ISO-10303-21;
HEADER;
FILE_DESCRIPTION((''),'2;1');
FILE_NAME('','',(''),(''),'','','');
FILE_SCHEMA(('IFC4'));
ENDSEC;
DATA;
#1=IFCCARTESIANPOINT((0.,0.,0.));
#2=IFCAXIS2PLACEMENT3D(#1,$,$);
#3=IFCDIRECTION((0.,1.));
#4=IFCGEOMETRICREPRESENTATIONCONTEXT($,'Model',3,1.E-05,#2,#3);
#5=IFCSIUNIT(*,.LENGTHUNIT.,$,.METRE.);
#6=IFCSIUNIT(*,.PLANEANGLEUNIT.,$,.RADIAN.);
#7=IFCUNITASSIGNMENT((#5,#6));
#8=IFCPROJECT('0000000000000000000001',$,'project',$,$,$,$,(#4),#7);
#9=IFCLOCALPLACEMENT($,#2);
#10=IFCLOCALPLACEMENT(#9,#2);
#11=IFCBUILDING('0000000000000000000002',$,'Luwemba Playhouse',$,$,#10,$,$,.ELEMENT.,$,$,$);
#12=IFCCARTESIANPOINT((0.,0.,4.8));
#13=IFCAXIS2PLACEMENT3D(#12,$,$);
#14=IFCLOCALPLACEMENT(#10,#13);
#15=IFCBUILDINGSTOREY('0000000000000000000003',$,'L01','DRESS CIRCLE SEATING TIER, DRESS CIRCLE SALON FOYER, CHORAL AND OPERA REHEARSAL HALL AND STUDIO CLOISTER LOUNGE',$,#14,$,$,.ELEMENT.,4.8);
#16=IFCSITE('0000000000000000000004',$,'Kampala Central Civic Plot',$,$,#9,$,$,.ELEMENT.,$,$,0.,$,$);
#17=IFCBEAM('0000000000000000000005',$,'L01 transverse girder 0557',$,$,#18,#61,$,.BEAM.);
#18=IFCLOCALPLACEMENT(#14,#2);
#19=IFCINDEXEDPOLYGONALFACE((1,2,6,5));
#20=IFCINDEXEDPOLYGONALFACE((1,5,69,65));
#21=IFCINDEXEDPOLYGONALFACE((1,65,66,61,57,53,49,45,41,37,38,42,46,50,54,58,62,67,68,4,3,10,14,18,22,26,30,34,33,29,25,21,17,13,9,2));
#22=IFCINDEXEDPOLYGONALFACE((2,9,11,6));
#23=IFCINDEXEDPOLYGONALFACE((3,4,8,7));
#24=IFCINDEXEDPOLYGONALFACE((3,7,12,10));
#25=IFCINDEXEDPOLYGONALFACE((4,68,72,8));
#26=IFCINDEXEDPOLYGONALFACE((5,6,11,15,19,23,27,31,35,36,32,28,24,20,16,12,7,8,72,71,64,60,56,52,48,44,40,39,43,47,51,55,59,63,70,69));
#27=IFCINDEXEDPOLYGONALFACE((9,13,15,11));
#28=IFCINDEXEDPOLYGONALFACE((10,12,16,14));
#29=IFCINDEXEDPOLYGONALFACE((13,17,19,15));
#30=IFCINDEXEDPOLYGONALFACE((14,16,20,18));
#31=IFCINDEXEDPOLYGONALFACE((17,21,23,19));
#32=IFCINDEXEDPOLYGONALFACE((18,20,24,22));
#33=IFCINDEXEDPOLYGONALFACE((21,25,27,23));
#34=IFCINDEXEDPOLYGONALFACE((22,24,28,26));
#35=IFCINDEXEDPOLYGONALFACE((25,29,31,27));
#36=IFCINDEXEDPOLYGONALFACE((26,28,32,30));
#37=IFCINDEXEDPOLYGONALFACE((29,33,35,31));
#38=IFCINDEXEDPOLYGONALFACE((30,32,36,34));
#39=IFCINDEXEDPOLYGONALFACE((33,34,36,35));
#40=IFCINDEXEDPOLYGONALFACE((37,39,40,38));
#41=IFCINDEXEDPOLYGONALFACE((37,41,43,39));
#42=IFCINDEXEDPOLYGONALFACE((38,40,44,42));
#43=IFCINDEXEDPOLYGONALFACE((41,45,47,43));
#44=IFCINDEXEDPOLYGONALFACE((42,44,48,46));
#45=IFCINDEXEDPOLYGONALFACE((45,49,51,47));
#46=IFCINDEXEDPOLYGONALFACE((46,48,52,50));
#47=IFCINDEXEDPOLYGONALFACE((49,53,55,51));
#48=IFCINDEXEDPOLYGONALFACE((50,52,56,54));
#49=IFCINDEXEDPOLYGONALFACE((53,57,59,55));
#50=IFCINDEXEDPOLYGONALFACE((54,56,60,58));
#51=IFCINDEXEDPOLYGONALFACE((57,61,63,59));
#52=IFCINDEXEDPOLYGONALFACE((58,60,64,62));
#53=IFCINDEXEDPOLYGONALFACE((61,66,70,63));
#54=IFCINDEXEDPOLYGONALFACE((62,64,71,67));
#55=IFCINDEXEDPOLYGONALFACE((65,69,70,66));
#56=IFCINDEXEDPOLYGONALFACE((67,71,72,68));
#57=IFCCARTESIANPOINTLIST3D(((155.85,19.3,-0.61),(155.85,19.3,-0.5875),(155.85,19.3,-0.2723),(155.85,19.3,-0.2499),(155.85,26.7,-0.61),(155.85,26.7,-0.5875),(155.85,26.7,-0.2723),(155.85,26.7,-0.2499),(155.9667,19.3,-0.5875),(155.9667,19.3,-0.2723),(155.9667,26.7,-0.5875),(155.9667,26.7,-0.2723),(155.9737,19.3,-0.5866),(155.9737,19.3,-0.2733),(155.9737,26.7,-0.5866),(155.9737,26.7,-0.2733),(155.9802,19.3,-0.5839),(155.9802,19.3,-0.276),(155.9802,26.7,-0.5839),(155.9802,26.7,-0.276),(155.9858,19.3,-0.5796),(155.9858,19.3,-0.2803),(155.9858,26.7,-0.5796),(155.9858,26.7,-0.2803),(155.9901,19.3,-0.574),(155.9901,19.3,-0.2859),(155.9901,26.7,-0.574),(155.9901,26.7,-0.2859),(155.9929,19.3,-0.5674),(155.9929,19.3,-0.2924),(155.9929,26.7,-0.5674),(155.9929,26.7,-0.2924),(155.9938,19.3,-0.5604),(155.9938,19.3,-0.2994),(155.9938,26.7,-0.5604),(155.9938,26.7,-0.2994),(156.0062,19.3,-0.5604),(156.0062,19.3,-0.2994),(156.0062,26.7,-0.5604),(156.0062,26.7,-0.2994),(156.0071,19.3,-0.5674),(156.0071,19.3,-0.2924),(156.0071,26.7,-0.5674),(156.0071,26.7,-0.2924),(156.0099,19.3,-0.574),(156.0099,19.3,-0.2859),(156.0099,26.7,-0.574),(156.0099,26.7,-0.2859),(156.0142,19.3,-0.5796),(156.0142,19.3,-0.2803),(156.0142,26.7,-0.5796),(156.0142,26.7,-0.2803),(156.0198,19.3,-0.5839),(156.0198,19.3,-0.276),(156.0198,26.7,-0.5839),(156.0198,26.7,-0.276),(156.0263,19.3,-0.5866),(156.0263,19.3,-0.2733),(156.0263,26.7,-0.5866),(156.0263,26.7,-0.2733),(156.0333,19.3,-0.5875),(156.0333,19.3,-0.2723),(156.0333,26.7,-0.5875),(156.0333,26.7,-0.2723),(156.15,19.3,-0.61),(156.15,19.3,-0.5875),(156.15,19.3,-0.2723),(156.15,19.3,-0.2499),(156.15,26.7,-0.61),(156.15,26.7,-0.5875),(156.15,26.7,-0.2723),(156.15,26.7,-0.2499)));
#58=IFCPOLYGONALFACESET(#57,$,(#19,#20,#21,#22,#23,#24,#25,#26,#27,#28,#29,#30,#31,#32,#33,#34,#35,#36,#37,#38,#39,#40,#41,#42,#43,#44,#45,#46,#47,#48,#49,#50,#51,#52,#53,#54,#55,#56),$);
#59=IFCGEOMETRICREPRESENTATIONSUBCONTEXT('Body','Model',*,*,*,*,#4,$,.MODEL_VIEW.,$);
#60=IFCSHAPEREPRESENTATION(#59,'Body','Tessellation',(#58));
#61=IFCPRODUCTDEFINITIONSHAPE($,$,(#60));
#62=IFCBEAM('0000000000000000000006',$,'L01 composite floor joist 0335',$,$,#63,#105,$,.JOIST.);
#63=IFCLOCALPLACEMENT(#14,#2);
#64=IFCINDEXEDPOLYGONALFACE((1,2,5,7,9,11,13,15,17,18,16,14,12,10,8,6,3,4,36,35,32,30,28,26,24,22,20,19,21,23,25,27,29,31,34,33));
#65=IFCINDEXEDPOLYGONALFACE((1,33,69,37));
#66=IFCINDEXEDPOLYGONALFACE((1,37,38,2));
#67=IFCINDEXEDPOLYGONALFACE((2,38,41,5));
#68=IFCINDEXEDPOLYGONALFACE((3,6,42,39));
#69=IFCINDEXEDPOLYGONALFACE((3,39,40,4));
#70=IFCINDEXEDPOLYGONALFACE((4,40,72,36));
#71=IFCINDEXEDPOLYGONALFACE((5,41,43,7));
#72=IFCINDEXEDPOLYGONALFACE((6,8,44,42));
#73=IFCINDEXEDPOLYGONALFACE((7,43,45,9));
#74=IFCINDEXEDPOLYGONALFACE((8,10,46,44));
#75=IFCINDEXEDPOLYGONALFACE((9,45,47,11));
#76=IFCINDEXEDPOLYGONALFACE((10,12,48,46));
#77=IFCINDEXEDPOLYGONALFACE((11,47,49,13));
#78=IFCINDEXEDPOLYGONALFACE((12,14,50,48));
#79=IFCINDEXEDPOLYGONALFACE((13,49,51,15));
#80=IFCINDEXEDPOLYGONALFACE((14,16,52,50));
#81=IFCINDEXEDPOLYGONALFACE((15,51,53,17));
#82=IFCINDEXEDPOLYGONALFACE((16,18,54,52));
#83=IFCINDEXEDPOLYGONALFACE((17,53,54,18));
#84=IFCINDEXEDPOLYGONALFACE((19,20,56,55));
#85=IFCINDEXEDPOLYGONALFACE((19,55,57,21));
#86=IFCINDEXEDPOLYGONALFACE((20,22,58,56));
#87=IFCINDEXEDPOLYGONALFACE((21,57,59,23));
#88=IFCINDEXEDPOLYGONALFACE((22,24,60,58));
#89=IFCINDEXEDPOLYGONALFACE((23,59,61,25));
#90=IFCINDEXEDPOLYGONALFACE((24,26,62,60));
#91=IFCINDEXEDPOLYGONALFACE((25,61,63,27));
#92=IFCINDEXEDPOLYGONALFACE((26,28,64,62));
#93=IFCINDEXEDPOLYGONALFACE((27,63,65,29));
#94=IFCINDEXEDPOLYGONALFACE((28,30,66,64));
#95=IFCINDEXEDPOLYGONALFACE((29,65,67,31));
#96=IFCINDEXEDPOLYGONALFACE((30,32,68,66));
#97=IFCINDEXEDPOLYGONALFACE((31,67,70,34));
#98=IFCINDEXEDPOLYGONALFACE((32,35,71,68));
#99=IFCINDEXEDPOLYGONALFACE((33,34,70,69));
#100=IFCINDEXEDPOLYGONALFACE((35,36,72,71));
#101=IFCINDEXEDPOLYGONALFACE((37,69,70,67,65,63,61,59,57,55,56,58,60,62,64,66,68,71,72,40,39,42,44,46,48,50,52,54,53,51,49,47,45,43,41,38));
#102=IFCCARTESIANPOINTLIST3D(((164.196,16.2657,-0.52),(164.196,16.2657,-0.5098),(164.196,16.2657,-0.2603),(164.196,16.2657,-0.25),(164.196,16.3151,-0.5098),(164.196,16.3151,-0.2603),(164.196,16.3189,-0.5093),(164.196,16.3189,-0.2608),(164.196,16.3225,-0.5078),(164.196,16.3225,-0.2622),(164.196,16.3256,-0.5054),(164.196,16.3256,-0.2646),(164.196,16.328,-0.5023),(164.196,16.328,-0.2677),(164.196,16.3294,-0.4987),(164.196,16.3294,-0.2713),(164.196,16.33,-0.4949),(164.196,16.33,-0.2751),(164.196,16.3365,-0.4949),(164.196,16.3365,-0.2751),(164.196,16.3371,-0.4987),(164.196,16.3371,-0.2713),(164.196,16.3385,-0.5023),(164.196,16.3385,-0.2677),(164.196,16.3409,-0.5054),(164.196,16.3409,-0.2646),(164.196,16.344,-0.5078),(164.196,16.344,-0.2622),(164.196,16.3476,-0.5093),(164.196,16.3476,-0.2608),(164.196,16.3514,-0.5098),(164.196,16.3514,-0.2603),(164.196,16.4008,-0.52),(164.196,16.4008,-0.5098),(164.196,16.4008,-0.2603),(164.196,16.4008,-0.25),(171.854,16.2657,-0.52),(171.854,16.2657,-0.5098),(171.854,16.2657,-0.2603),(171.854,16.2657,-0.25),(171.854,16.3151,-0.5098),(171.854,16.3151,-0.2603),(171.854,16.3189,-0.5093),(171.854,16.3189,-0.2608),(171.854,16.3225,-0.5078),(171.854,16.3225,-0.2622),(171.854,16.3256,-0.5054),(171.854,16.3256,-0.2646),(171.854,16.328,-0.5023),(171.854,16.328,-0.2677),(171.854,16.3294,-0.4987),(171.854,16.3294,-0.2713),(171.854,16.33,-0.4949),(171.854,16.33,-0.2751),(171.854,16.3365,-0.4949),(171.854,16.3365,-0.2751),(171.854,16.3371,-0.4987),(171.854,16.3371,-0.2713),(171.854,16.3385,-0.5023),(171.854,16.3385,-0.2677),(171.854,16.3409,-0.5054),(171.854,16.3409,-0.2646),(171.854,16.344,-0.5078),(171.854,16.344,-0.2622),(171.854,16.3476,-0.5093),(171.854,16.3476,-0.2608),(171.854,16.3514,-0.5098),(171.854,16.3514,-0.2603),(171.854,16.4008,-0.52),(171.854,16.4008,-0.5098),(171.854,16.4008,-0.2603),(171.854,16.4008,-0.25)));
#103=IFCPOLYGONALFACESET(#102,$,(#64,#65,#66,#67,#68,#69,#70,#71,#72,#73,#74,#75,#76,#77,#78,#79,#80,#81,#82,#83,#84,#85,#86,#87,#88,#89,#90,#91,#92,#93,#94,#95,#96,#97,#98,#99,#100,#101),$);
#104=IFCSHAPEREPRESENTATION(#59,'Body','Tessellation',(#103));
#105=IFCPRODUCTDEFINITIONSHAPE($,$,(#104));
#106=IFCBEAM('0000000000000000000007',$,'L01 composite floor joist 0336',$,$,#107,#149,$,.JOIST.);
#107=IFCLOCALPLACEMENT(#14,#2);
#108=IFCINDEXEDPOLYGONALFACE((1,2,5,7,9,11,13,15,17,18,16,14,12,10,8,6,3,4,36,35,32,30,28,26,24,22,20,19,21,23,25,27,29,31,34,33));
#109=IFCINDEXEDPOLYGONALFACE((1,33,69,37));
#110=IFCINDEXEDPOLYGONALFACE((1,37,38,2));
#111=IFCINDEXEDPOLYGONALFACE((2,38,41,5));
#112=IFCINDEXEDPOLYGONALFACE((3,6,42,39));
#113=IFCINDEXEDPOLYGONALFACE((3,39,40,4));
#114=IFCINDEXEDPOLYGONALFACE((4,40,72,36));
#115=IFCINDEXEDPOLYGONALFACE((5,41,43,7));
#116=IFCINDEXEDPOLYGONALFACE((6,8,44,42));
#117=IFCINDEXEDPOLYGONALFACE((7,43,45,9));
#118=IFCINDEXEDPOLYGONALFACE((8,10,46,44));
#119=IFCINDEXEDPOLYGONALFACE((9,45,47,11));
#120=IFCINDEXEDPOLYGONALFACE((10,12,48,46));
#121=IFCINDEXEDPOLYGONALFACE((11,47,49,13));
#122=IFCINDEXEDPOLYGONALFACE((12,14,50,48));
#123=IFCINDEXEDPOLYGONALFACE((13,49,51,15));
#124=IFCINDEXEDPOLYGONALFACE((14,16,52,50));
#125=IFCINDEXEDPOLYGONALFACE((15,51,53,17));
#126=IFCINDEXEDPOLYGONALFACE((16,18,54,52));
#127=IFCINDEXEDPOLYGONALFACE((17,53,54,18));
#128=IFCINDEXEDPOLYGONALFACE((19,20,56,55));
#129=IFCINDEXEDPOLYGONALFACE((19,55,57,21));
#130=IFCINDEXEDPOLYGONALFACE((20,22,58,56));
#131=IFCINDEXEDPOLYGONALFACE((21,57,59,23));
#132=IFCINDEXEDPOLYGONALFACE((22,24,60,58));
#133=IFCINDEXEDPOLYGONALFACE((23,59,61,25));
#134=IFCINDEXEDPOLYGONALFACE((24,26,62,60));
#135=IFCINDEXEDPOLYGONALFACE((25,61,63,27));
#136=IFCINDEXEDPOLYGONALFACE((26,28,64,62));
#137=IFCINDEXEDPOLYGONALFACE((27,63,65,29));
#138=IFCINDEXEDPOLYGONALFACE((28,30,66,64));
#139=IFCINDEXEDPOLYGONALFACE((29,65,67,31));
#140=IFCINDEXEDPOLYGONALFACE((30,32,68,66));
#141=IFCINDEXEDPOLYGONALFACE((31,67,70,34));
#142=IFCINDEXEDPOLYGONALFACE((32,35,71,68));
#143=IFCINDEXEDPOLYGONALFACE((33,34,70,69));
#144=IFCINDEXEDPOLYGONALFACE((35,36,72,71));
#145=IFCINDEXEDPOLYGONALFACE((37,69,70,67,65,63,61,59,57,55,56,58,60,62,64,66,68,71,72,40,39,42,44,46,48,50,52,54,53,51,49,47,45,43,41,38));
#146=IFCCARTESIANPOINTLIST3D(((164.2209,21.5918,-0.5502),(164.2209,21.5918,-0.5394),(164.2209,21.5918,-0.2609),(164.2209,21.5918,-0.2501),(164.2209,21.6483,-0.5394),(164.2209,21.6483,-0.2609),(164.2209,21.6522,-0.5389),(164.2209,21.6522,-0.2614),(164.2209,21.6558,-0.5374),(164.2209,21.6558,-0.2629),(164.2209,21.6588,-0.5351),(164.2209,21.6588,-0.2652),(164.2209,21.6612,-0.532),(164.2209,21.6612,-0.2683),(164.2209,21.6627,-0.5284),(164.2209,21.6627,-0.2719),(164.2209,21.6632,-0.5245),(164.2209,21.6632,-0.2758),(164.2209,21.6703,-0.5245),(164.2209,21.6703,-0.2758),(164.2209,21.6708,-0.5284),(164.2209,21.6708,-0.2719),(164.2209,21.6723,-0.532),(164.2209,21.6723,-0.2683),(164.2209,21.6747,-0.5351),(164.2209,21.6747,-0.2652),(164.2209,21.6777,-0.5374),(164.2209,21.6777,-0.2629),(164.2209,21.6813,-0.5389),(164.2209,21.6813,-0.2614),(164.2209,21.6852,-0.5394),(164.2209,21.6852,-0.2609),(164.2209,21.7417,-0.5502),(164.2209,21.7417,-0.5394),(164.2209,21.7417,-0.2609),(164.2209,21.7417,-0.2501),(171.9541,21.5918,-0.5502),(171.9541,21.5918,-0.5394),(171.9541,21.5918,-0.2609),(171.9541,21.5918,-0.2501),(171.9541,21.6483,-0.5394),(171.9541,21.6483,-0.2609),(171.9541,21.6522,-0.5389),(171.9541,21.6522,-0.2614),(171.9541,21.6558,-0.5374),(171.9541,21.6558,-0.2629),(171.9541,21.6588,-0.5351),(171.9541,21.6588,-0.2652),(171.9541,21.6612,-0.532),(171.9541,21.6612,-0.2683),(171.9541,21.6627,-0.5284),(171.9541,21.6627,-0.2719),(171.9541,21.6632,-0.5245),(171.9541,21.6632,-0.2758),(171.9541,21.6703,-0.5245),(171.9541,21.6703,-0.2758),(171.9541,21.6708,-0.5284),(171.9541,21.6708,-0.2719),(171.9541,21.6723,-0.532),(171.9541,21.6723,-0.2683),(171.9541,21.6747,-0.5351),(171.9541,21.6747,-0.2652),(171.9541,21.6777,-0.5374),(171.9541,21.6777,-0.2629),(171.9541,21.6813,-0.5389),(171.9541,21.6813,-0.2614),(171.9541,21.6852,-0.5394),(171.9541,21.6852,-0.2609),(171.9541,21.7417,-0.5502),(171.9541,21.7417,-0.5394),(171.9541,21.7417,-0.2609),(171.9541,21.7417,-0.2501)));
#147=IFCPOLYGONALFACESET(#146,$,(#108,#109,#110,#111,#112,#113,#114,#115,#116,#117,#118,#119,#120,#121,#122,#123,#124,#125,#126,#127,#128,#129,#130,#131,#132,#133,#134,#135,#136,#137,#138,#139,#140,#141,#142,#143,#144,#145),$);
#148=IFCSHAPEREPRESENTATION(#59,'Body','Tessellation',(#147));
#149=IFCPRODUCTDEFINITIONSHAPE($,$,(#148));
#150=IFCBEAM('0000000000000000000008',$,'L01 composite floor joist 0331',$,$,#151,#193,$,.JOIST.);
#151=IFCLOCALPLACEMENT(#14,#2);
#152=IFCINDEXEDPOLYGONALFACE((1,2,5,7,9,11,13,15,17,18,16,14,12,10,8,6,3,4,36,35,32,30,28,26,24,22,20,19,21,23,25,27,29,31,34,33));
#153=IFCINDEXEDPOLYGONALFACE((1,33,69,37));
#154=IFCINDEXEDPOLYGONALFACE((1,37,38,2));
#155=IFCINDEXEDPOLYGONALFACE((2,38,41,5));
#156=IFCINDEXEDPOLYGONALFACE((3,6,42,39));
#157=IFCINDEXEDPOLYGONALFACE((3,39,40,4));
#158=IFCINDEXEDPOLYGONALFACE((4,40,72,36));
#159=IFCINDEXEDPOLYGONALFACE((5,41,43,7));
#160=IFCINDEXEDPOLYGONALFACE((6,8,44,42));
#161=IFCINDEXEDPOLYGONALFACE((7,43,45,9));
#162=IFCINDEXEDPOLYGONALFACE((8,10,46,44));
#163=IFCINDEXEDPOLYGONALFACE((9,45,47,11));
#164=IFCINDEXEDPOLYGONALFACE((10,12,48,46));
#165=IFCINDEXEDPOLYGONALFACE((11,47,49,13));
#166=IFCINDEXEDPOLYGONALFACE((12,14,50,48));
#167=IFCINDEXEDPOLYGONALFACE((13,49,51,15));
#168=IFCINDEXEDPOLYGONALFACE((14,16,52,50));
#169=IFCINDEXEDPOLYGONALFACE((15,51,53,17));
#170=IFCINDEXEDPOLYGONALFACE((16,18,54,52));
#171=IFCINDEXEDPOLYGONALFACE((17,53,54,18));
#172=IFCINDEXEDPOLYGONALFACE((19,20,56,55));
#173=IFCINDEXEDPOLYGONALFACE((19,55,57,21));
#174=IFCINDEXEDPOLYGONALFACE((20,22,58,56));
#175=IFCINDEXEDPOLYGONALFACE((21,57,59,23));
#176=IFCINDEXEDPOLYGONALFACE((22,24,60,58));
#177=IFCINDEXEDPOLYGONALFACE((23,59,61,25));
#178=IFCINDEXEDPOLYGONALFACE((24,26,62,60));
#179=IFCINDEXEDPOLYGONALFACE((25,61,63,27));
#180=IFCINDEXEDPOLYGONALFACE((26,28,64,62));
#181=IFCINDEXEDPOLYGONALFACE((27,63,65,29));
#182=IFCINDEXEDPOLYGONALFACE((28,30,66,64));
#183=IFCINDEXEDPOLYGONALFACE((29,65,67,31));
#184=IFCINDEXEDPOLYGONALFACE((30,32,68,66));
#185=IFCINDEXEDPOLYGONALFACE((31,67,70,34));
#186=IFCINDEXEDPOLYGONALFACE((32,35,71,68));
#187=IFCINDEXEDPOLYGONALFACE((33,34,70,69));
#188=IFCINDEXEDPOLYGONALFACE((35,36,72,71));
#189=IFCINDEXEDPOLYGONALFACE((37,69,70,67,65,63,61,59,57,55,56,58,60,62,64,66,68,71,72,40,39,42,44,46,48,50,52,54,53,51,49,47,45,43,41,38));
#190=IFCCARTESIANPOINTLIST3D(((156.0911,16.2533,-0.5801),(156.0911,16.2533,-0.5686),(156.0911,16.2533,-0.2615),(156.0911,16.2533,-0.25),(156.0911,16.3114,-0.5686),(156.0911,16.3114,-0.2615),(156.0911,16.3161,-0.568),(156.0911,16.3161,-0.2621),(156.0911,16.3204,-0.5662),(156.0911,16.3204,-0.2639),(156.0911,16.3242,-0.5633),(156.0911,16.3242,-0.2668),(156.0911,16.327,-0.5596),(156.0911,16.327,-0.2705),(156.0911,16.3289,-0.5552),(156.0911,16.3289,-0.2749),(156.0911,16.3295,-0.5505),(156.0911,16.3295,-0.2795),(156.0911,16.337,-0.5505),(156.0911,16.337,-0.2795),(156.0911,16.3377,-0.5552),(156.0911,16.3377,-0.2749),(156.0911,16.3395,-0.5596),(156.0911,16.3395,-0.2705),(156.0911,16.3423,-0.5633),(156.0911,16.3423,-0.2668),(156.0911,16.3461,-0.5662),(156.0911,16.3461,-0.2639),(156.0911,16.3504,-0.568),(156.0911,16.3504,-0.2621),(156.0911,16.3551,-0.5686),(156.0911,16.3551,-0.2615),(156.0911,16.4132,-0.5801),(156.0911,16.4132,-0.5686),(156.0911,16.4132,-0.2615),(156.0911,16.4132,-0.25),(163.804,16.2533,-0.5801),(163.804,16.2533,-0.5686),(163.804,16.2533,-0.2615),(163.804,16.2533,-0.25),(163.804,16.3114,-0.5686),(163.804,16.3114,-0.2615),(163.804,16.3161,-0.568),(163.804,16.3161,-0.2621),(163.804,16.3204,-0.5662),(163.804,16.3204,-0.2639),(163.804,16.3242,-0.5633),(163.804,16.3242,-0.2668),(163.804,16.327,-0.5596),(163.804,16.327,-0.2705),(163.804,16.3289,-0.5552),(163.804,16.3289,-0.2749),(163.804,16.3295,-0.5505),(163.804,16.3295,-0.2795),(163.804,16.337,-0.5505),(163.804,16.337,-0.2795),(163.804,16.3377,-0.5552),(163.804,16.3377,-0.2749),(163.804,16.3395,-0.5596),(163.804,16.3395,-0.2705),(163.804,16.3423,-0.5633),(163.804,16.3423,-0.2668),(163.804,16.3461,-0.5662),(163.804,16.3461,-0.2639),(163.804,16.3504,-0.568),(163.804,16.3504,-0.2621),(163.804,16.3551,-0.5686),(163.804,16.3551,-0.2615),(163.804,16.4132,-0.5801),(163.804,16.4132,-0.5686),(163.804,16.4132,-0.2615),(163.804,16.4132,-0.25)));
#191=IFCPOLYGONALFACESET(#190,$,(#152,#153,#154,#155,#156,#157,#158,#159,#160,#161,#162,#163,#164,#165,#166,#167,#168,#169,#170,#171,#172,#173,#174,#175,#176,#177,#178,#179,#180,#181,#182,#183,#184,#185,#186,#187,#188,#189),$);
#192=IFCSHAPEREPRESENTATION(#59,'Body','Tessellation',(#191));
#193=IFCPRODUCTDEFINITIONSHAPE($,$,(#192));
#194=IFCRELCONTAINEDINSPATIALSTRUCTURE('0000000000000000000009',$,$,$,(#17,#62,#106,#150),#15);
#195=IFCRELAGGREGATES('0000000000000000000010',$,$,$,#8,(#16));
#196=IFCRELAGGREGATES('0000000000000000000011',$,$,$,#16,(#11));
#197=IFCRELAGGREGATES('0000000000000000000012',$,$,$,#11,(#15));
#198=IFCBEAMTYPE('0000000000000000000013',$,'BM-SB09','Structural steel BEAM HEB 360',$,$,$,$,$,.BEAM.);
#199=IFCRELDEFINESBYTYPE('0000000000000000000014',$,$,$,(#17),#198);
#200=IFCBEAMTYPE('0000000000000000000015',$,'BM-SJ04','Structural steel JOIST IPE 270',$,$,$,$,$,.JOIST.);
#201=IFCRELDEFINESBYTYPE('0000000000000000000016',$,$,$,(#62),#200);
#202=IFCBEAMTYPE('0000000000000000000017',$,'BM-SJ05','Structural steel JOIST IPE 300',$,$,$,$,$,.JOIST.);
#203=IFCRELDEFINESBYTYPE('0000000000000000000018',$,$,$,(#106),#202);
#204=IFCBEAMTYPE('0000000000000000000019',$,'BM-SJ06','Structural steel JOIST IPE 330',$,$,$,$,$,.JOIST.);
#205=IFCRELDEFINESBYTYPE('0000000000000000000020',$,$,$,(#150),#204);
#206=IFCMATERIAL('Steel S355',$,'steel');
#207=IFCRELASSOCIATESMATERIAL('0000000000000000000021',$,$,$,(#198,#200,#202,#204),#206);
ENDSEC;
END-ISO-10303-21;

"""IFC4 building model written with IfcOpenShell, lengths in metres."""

from ifc_helpers import new_model, si_unit, direction, frame, origin, origin_2d, place, context, subcontext, project, spatial, i_section, extrude, material, material_profile, profile_set, type_object, element, save


model = new_model("IFC4")

# Units and contexts
model_context = context("Model", 3, precision=1e-05, world=origin(), true_north=direction((0.0, 1.0)))
body_context = subcontext(model_context, "Body", "Model", "MODEL_VIEW")
ifc_project = project(units=[si_unit("LENGTHUNIT", "METRE"), si_unit("PLANEANGLEUNIT", "RADIAN")], contexts=[model_context])

# Site, building, storey
site_placement = place(None, origin())
site = spatial("IfcSite", under=ifc_project, at=site_placement, Name="Kampala Central Civic Plot", CompositionType="ELEMENT", RefElevation=0.0)
building_placement = place(site_placement, origin())
building = spatial("IfcBuilding", under=site, at=building_placement, Name="Luwemba Playhouse", CompositionType="ELEMENT")
storey_placement = place(building_placement, frame((0.0, 0.0, 4.8)))
storey = spatial("IfcBuildingStorey", under=building, at=storey_placement, Name="L01", Description="DRESS CIRCLE SEATING TIER, DRESS CIRCLE SALON FOYER, CHORAL AND OPERA REHEARSAL HALL AND STUDIO CLOISTER LOUNGE", CompositionType="ELEMENT", Elevation=4.8)

# Beams
ifc_material_1 = material(Name="Steel S355", Category="steel")
ifc_material_profile_1 = material_profile(ifc_material_1, i_section(OverallWidth=0.3, OverallDepth=0.3601, WebThickness=0.0125, FlangeThickness=0.0225, FilletRadius=0.0271, at=origin_2d()))
ifc_profile_set_1 = profile_set([ifc_material_profile_1], Name="Steel S355")
beam_type_1 = type_object("IfcBeamType", Name="BM-SB09", Description="Structural steel BEAM HEB 360", PredefinedType="BEAM", material=ifc_profile_set_1)
beam_1_placement = place(storey_placement, frame((156.0, 19.3, -0.4299), z_axis=(0.0, 1.0, 0.0), x_axis=(-1.0, 0.0, 0.0)))
element("IfcBeam", 1, at=beam_1_placement, inside=storey, type_object=beam_type_1, Name="L01 transverse girder 0557", PredefinedType="BEAM", context=body_context, shape_type="SweptSolid", body=[
    extrude(i_section(OverallWidth=0.3, OverallDepth=0.3601, WebThickness=0.0125, FlangeThickness=0.0225, FilletRadius=0.0271, at=origin_2d()), origin(), (0.0, 0.0, 1.0), 7.3999),
])
ifc_material_profile_2 = material_profile(ifc_material_1, i_section(OverallWidth=0.135, OverallDepth=0.27, WebThickness=0.0066, FlangeThickness=0.0103, FilletRadius=0.0149, at=origin_2d()))
ifc_profile_set_2 = profile_set([ifc_material_profile_2], Name="Steel S355")
beam_type_2 = type_object("IfcBeamType", Name="BM-SJ04", Description="Structural steel JOIST IPE 270", PredefinedType="JOIST", material=ifc_profile_set_2)
beam_2_placement = place(storey_placement, frame((164.196, 16.3333, -0.385), z_axis=(1.0, 0.0, 0.0), x_axis=(0.0, 1.0, 0.0)))
element("IfcBeam", 2, at=beam_2_placement, inside=storey, type_object=beam_type_2, Name="L01 composite floor joist 0335", PredefinedType="JOIST", context=body_context, shape_type="SweptSolid", body=[
    extrude(i_section(OverallWidth=0.135, OverallDepth=0.27, WebThickness=0.0066, FlangeThickness=0.0103, FilletRadius=0.0149, at=origin_2d()), origin(), (0.0, 0.0, 1.0), 7.658),
])
ifc_material_profile_3 = material_profile(ifc_material_1, i_section(OverallWidth=0.1499, OverallDepth=0.3, WebThickness=0.0071, FlangeThickness=0.0107, FilletRadius=0.0149, at=origin_2d()))
ifc_profile_set_3 = profile_set([ifc_material_profile_3], Name="Steel S355")
beam_type_3 = type_object("IfcBeamType", Name="BM-SJ05", Description="Structural steel JOIST IPE 300", PredefinedType="JOIST", material=ifc_profile_set_3)
beam_3_placement = place(storey_placement, frame((164.2209, 21.6667, -0.4001), z_axis=(1.0, 0.0, 0.0), x_axis=(0.0, 1.0, 0.0)))
element("IfcBeam", 3, at=beam_3_placement, inside=storey, type_object=beam_type_3, Name="L01 composite floor joist 0336", PredefinedType="JOIST", context=body_context, shape_type="SweptSolid", body=[
    extrude(i_section(OverallWidth=0.1499, OverallDepth=0.3, WebThickness=0.0071, FlangeThickness=0.0107, FilletRadius=0.0149, at=origin_2d()), origin(), (0.0, 0.0, 1.0), 7.7332),
])
ifc_material_profile_4 = material_profile(ifc_material_1, i_section(OverallWidth=0.1599, OverallDepth=0.3301, WebThickness=0.0076, FlangeThickness=0.0115, FilletRadius=0.0181, at=origin_2d()))
ifc_profile_set_4 = profile_set([ifc_material_profile_4], Name="Steel S355")
beam_type_4 = type_object("IfcBeamType", Name="BM-SJ06", Description="Structural steel JOIST IPE 330", PredefinedType="JOIST", material=ifc_profile_set_4)
beam_4_placement = place(storey_placement, frame((156.0911, 16.3333, -0.415), z_axis=(1.0, 0.0, 0.0), x_axis=(0.0, 1.0, 0.0)))
element("IfcBeam", 4, at=beam_4_placement, inside=storey, type_object=beam_type_4, Name="L01 composite floor joist 0331", PredefinedType="JOIST", context=body_context, shape_type="SweptSolid", body=[
    extrude(i_section(OverallWidth=0.1599, OverallDepth=0.3301, WebThickness=0.0076, FlangeThickness=0.0115, FilletRadius=0.0181, at=origin_2d()), origin(), (0.0, 0.0, 1.0), 7.7129),
])

save(model, "model.ifc")
